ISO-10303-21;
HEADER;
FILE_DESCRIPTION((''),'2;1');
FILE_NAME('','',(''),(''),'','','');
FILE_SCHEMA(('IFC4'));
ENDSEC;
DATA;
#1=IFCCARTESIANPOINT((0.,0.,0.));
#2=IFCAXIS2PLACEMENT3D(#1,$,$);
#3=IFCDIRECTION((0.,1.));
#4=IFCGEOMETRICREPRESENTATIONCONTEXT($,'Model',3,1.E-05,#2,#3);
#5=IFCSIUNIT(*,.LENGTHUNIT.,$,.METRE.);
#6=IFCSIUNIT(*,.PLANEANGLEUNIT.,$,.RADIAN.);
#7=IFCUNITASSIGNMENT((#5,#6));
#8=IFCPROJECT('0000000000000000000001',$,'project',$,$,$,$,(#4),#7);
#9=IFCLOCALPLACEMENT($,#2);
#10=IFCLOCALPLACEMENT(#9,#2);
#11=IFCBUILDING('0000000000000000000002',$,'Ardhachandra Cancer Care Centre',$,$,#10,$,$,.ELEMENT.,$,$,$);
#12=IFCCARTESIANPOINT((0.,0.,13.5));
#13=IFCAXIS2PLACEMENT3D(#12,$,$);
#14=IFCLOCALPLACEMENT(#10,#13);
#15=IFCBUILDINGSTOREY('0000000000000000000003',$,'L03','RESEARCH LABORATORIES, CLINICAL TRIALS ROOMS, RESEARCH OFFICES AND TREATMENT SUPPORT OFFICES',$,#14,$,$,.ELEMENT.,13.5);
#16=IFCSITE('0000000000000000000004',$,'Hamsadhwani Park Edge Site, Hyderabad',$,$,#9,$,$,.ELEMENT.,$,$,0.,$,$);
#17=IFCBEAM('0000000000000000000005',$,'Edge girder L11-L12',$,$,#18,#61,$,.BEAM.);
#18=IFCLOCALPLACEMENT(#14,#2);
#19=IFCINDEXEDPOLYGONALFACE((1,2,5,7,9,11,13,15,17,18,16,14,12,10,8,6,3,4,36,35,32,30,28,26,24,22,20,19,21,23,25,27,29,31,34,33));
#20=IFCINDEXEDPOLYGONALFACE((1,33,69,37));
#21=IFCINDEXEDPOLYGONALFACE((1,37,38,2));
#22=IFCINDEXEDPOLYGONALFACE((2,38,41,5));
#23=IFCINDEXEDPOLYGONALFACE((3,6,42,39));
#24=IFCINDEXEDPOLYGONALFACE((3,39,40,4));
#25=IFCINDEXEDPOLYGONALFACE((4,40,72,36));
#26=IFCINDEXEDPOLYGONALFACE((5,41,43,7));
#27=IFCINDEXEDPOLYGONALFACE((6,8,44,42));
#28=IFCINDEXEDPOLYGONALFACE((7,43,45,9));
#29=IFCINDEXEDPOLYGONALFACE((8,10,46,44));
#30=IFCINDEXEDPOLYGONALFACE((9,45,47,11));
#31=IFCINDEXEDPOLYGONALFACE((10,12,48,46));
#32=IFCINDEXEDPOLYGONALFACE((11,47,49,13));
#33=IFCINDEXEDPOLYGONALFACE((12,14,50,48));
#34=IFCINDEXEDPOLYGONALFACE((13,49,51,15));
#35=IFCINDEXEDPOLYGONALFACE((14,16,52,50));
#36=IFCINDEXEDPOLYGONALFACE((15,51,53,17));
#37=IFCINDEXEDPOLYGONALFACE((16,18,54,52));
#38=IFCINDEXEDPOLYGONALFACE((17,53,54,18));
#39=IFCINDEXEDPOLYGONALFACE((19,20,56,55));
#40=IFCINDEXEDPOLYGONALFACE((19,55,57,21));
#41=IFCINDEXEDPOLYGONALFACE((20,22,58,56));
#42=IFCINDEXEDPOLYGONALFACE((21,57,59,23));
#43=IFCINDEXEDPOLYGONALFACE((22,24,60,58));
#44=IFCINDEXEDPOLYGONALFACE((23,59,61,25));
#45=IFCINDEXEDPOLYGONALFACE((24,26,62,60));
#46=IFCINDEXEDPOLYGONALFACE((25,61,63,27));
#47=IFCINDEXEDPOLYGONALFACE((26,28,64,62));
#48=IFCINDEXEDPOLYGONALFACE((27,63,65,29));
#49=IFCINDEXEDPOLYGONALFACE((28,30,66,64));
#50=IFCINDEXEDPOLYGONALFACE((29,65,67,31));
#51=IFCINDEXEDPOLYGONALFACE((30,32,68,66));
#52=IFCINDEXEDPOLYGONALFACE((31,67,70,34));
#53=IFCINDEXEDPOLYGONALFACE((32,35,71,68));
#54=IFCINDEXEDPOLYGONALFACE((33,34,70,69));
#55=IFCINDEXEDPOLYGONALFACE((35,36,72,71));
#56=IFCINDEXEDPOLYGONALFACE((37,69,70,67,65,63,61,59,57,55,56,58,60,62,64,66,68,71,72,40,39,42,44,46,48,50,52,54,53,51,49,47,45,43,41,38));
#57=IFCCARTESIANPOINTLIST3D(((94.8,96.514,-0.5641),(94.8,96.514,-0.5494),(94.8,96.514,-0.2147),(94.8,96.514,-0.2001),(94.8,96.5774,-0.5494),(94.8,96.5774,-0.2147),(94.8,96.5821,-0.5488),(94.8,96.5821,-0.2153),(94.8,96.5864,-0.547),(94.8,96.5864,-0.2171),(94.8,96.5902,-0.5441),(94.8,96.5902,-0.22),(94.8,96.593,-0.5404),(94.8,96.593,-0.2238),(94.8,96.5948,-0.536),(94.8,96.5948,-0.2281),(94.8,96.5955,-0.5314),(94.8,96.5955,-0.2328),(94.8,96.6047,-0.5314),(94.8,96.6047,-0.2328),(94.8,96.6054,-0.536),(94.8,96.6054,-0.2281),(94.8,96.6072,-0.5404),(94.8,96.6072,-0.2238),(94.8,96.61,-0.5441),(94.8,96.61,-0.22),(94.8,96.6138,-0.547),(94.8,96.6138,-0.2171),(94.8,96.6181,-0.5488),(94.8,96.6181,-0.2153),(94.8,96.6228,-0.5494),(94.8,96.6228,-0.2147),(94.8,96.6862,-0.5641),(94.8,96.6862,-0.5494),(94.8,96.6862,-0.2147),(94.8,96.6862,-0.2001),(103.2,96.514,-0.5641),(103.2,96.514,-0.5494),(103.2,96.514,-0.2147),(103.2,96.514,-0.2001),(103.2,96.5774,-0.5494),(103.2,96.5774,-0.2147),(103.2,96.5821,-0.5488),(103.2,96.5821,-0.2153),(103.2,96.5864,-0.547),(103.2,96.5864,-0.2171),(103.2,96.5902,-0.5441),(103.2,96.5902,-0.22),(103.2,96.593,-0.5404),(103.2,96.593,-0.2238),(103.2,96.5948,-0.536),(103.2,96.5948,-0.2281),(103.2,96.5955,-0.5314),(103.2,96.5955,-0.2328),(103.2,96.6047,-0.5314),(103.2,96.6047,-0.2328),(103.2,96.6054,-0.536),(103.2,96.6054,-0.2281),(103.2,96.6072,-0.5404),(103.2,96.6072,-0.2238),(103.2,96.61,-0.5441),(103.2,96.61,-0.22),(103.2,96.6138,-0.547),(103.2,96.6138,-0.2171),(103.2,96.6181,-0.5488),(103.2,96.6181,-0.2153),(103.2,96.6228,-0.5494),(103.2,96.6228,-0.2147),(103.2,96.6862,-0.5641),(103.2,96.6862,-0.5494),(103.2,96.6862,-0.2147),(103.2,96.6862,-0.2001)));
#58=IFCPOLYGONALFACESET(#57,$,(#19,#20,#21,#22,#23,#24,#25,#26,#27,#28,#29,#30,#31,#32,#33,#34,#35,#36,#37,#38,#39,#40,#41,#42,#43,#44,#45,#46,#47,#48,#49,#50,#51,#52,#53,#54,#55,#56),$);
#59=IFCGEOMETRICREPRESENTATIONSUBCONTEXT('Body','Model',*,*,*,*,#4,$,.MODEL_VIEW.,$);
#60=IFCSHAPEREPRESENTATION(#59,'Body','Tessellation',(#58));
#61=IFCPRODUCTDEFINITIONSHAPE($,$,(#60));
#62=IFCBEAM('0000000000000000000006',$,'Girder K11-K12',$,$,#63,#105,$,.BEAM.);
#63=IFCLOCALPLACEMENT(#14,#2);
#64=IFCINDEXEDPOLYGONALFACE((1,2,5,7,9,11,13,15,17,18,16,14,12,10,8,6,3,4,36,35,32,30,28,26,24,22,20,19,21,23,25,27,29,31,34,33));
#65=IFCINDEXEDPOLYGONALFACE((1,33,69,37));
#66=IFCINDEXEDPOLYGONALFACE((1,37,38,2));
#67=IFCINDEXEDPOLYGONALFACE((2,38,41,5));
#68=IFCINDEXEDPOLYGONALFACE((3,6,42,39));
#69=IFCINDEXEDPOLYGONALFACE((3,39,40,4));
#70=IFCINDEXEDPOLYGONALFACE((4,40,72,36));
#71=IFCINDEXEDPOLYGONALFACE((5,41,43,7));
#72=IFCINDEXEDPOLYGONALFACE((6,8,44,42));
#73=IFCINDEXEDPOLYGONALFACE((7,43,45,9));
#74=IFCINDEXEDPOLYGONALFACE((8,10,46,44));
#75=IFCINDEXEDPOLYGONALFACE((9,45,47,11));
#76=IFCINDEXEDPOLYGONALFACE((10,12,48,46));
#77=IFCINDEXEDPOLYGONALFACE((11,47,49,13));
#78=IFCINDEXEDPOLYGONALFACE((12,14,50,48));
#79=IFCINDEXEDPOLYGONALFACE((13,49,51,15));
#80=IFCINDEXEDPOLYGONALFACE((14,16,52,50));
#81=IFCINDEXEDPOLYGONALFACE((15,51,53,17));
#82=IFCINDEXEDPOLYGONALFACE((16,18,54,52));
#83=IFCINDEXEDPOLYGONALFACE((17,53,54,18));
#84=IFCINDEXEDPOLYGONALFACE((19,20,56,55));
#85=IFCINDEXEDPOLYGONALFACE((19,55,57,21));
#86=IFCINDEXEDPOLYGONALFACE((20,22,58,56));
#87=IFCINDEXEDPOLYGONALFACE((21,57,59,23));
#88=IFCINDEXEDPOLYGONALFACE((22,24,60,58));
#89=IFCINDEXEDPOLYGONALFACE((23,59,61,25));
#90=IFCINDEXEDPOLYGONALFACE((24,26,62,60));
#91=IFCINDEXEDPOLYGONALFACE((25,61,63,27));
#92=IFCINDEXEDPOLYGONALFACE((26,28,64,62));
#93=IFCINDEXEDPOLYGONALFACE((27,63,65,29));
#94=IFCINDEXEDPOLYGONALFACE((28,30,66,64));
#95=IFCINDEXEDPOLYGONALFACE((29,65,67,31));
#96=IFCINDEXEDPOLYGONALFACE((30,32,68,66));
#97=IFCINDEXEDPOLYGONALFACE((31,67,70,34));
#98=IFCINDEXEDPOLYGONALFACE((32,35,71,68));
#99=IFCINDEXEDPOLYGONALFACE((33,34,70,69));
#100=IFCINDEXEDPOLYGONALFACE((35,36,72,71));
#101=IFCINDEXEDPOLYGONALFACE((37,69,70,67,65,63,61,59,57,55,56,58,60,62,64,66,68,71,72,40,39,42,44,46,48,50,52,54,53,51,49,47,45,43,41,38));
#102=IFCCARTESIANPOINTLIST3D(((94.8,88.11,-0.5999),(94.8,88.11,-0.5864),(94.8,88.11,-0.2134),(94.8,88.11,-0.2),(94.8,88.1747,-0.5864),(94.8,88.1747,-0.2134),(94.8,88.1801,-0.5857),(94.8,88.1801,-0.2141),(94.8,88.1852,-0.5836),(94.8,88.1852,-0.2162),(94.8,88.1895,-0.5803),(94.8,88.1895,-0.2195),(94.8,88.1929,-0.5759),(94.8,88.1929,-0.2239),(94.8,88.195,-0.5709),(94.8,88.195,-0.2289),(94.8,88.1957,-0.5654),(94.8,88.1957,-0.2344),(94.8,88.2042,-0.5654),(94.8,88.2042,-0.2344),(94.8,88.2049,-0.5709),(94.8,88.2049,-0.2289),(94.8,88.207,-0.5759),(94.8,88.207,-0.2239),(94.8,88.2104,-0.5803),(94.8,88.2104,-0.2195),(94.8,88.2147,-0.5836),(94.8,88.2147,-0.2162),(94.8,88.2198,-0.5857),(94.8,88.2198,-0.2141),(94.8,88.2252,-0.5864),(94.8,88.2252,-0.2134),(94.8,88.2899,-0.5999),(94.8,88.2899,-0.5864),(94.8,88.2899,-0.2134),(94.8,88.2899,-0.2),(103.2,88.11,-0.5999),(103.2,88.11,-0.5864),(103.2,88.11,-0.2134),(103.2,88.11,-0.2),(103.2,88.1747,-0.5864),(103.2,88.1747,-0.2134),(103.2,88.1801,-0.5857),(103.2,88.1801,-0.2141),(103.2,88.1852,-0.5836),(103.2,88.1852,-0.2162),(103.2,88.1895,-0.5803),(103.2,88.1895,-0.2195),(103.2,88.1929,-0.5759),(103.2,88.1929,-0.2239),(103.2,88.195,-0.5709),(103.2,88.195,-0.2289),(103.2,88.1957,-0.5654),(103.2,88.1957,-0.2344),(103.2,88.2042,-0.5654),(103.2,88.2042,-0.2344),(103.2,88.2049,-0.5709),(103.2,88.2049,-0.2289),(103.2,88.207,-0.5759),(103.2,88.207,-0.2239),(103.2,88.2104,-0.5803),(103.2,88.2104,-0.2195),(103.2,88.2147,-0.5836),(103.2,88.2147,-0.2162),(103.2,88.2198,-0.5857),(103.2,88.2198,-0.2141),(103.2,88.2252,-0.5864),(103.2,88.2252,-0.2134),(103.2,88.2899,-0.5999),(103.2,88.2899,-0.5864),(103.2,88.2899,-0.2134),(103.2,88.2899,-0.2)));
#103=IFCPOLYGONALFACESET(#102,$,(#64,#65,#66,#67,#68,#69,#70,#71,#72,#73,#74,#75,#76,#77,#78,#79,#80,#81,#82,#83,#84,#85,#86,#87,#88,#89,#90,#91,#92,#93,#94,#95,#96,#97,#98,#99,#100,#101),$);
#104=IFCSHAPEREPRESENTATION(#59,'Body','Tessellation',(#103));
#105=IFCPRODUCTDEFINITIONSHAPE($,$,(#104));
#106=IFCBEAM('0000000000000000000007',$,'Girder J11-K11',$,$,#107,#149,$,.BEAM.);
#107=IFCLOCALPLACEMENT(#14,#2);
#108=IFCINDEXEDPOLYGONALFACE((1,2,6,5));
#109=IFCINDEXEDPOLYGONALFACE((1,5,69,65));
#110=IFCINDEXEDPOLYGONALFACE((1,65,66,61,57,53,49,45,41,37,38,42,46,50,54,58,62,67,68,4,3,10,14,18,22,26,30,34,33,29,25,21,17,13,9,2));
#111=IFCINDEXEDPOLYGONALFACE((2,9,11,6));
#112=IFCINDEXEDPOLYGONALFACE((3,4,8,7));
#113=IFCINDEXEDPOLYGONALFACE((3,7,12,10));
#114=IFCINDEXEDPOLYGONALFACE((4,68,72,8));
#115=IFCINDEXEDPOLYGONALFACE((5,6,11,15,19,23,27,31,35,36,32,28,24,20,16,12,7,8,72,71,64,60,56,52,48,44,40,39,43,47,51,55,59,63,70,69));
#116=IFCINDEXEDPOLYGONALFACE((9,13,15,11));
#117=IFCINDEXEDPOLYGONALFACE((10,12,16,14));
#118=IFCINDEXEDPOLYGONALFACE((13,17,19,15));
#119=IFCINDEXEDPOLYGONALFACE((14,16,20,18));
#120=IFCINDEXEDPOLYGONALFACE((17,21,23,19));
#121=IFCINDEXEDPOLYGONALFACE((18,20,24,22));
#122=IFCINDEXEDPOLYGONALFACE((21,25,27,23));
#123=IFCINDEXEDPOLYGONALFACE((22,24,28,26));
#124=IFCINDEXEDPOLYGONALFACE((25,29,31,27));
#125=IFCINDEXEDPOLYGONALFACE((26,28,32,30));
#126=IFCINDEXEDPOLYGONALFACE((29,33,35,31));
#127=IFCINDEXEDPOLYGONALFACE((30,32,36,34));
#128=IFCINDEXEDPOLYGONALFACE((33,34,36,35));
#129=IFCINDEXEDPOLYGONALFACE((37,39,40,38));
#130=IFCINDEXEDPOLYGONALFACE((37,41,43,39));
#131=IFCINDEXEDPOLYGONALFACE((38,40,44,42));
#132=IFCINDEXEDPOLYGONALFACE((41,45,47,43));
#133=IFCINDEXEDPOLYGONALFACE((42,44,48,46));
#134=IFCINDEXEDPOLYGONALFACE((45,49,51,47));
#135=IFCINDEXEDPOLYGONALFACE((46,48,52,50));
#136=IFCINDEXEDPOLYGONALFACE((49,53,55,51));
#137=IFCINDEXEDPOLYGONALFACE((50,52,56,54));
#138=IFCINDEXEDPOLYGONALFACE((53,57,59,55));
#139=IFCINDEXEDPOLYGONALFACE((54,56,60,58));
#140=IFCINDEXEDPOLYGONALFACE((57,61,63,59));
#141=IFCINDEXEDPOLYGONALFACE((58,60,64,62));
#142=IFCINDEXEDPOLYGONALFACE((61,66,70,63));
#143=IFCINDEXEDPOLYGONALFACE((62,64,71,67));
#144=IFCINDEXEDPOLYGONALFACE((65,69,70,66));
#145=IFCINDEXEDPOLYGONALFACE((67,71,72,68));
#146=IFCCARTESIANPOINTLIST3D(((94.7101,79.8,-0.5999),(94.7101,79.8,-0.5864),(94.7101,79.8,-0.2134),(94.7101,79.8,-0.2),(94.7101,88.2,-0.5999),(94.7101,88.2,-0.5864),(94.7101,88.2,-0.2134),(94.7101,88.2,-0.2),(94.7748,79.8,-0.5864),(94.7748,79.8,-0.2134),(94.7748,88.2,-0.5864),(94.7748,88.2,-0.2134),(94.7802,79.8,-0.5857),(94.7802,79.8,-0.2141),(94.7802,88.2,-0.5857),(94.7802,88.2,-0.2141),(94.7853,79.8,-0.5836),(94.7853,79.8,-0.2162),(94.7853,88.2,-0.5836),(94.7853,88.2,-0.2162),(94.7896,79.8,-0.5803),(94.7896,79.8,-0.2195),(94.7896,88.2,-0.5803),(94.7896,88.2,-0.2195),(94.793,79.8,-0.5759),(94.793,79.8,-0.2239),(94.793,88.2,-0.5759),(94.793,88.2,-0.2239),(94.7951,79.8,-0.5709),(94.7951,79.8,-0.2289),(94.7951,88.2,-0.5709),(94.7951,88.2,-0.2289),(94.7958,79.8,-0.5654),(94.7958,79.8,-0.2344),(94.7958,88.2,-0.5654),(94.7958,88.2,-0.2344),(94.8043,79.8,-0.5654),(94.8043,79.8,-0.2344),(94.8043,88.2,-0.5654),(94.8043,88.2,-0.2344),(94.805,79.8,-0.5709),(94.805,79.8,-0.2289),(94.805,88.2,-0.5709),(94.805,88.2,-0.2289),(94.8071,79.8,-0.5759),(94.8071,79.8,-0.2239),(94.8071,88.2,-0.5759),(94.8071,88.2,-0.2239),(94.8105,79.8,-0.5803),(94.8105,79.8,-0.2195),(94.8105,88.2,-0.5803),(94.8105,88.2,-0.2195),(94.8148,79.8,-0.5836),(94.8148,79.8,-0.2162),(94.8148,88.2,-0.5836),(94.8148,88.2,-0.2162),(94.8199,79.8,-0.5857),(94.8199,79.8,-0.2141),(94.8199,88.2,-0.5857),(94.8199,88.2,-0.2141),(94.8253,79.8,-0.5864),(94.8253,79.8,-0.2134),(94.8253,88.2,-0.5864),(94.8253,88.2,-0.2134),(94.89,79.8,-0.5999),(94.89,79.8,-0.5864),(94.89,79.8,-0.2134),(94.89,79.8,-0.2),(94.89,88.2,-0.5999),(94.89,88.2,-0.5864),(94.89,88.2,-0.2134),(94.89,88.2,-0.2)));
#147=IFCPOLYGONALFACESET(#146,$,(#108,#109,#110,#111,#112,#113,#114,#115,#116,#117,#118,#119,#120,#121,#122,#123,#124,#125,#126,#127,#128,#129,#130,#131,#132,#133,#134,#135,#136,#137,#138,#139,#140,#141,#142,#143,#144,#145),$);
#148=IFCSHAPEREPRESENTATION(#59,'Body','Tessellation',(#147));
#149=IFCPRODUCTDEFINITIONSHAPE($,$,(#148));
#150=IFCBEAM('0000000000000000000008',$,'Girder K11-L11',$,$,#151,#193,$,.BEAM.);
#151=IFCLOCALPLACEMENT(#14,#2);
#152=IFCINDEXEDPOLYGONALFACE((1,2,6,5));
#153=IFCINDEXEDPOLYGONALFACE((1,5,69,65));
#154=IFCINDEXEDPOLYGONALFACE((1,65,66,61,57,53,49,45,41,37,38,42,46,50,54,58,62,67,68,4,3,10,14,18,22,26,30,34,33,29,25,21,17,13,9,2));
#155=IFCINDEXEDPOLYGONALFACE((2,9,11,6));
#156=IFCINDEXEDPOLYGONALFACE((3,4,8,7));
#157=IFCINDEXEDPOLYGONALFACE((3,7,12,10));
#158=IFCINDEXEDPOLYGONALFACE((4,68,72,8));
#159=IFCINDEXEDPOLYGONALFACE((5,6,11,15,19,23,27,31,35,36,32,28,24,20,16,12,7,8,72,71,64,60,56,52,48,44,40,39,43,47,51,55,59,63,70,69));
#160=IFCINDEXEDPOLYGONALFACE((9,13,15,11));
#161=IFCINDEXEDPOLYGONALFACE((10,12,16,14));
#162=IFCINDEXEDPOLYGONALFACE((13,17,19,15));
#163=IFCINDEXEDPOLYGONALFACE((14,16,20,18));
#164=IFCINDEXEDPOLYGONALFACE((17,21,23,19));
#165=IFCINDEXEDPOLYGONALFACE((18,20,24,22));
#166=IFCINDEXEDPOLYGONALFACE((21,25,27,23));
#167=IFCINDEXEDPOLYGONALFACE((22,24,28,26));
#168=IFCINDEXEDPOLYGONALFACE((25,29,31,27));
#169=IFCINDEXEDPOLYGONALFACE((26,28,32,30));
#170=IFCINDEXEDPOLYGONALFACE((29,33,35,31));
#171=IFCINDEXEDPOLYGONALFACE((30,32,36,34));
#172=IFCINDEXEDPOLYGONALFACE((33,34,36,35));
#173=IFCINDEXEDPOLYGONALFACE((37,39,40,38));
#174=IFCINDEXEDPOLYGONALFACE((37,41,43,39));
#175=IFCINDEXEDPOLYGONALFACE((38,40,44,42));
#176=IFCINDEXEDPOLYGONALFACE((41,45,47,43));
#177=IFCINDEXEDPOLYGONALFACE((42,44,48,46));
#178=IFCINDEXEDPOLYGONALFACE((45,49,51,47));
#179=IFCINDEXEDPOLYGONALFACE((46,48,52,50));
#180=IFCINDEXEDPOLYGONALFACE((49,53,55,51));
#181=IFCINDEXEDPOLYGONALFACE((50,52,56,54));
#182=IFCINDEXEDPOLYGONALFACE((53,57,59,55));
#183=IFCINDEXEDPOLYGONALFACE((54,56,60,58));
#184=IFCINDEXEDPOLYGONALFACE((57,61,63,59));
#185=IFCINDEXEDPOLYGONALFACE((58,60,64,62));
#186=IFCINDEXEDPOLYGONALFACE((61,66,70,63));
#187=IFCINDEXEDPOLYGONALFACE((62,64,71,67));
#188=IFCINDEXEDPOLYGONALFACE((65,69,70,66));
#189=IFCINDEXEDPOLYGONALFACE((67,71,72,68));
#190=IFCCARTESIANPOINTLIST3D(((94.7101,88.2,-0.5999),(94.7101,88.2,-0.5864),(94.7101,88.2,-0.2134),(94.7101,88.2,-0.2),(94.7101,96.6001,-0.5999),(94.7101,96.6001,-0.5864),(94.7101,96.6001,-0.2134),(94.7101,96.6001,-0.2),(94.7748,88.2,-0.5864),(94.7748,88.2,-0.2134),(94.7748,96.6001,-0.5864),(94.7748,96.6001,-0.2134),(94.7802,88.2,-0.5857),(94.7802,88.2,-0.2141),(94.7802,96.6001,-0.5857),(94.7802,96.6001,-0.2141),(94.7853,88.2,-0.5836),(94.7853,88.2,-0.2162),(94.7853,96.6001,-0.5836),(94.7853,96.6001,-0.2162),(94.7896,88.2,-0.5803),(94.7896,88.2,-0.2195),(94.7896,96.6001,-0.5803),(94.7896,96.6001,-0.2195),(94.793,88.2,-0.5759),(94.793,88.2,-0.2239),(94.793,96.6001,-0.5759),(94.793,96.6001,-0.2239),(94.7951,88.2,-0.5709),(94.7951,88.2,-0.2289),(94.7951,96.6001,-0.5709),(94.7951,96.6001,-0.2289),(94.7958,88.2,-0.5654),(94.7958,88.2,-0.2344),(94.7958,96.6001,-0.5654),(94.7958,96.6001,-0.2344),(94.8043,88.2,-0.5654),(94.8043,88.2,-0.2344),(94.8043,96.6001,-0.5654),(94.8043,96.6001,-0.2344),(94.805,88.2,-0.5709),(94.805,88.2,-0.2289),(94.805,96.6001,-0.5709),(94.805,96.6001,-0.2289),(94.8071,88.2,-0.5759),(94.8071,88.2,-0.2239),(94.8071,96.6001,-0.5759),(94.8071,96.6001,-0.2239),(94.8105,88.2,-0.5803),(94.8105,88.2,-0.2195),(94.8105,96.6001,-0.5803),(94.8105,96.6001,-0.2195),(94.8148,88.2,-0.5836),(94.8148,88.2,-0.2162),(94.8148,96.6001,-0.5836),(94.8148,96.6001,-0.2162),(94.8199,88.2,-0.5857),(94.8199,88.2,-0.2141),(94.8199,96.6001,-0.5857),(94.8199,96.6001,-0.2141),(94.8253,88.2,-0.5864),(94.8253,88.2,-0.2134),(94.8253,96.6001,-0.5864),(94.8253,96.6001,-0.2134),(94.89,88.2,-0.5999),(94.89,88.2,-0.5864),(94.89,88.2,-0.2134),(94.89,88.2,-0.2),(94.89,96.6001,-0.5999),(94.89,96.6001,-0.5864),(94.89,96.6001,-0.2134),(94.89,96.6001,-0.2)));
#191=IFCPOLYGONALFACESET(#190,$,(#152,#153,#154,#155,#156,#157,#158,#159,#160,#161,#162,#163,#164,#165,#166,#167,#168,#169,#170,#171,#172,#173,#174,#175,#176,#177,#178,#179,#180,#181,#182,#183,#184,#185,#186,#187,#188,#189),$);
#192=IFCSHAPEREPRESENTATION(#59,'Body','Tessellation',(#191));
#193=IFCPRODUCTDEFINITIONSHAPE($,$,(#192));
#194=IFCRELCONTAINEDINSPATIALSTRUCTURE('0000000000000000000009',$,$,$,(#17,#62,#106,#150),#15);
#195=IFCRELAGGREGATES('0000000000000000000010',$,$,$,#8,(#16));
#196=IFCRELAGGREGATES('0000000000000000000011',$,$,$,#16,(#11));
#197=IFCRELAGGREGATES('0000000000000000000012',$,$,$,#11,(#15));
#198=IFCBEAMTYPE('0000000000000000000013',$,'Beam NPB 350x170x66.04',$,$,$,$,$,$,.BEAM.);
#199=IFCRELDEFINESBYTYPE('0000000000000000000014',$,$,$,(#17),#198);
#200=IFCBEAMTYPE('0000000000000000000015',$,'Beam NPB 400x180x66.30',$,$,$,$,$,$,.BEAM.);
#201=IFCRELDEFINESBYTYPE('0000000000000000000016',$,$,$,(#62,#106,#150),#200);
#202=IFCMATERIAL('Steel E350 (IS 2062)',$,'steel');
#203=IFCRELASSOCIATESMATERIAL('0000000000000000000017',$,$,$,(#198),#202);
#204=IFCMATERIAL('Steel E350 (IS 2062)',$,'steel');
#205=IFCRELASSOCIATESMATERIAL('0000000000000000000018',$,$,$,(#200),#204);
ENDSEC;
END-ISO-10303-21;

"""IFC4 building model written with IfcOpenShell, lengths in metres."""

from ifc_helpers import new_model, si_unit, direction, frame, origin, origin_2d, place, context, subcontext, project, spatial, i_section, extrude, material, material_profile, profile_set, type_object, element, save


model = new_model("IFC4")

# Units and contexts
model_context = context("Model", 3, precision=1e-05, world=origin(), true_north=direction((0.0, 1.0)))
body_context = subcontext(model_context, "Body", "Model", "MODEL_VIEW")
ifc_project = project(units=[si_unit("LENGTHUNIT", "METRE"), si_unit("PLANEANGLEUNIT", "RADIAN")], contexts=[model_context])

# Site, building, storey
site_placement = place(None, origin())
site = spatial("IfcSite", under=ifc_project, at=site_placement, Name="Hamsadhwani Park Edge Site, Hyderabad", CompositionType="ELEMENT", RefElevation=0.0)
building_placement = place(site_placement, origin())
building = spatial("IfcBuilding", under=site, at=building_placement, Name="Ardhachandra Cancer Care Centre", CompositionType="ELEMENT")
storey_placement = place(building_placement, frame((0.0, 0.0, 13.5)))
storey = spatial("IfcBuildingStorey", under=building, at=storey_placement, Name="L03", Description="RESEARCH LABORATORIES, CLINICAL TRIALS ROOMS, RESEARCH OFFICES AND TREATMENT SUPPORT OFFICES", CompositionType="ELEMENT", Elevation=13.5)

# Beams
ifc_material_1 = material(Name="Steel E350 (IS 2062)", Category="steel")
ifc_material_profile_1 = material_profile(ifc_material_1, i_section(OverallWidth=0.1721, OverallDepth=0.364, WebThickness=0.0093, FlangeThickness=0.0146, FilletRadius=0.0181, at=origin_2d()), Name="NPB 350x170x66.04")
ifc_profile_set_1 = profile_set([ifc_material_profile_1], Name="Steel E350 (IS 2062)")
beam_type_1 = type_object("IfcBeamType", Name="Beam NPB 350x170x66.04", PredefinedType="BEAM", material=ifc_profile_set_1)
beam_1_placement = place(storey_placement, frame((94.8, 96.6001, -0.3821), z_axis=(1.0, 0.0, 0.0), x_axis=(0.0, 1.0, 0.0)))
element("IfcBeam", 1, at=beam_1_placement, inside=storey, type_object=beam_type_1, Name="Edge girder L11-L12", PredefinedType="BEAM", context=body_context, shape_type="SweptSolid", body=[
    extrude(i_section(OverallWidth=0.1721, OverallDepth=0.364, WebThickness=0.0093, FlangeThickness=0.0146, FilletRadius=0.0181, at=origin_2d()), origin(), (0.0, 0.0, 1.0), 8.3999),
])
ifc_material_2 = material(Name="Steel E350 (IS 2062)", Category="steel")
ifc_material_profile_2 = material_profile(ifc_material_2, i_section(OverallWidth=0.1799, OverallDepth=0.3999, WebThickness=0.0085, FlangeThickness=0.0134, FilletRadius=0.021, at=origin_2d()), Name="NPB 400x180x66.30")
ifc_profile_set_2 = profile_set([ifc_material_profile_2], Name="Steel E350 (IS 2062)")
beam_type_2 = type_object("IfcBeamType", Name="Beam NPB 400x180x66.30", PredefinedType="BEAM", material=ifc_profile_set_2)
for number, where, z_axis, x_axis, name in (
    (2, (94.8, 88.2, -0.3999), (1.0, 0.0, 0.0), (0.0, 1.0, 0.0), "Girder K11-K12"),
    (3, (94.8, 79.8, -0.3999), (0.0, 1.0, 0.0), (-1.0, 0.0, 0.0), "Girder J11-K11"),
):
    element("IfcBeam", number, at=place(storey_placement, frame(where, z_axis=z_axis, x_axis=x_axis)), inside=storey, type_object=beam_type_2, Name=name, PredefinedType="BEAM", context=body_context, shape_type="SweptSolid", body=[
        extrude(i_section(OverallWidth=0.1799, OverallDepth=0.3999, WebThickness=0.0085, FlangeThickness=0.0134, FilletRadius=0.021, at=origin_2d()), origin(), (0.0, 0.0, 1.0), 8.3999),
    ])
beam_2_placement = place(storey_placement, frame((94.8, 88.2, -0.3999), z_axis=(0.0, 1.0, 0.0), x_axis=(-1.0, 0.0, 0.0)))
element("IfcBeam", 4, at=beam_2_placement, inside=storey, type_object=beam_type_2, Name="Girder K11-L11", PredefinedType="BEAM", context=body_context, shape_type="SweptSolid", body=[
    extrude(i_section(OverallWidth=0.1799, OverallDepth=0.3999, WebThickness=0.0085, FlangeThickness=0.0134, FilletRadius=0.021, at=origin_2d()), origin(), (0.0, 0.0, 1.0), 8.4001),
])

save(model, "model.ifc")
